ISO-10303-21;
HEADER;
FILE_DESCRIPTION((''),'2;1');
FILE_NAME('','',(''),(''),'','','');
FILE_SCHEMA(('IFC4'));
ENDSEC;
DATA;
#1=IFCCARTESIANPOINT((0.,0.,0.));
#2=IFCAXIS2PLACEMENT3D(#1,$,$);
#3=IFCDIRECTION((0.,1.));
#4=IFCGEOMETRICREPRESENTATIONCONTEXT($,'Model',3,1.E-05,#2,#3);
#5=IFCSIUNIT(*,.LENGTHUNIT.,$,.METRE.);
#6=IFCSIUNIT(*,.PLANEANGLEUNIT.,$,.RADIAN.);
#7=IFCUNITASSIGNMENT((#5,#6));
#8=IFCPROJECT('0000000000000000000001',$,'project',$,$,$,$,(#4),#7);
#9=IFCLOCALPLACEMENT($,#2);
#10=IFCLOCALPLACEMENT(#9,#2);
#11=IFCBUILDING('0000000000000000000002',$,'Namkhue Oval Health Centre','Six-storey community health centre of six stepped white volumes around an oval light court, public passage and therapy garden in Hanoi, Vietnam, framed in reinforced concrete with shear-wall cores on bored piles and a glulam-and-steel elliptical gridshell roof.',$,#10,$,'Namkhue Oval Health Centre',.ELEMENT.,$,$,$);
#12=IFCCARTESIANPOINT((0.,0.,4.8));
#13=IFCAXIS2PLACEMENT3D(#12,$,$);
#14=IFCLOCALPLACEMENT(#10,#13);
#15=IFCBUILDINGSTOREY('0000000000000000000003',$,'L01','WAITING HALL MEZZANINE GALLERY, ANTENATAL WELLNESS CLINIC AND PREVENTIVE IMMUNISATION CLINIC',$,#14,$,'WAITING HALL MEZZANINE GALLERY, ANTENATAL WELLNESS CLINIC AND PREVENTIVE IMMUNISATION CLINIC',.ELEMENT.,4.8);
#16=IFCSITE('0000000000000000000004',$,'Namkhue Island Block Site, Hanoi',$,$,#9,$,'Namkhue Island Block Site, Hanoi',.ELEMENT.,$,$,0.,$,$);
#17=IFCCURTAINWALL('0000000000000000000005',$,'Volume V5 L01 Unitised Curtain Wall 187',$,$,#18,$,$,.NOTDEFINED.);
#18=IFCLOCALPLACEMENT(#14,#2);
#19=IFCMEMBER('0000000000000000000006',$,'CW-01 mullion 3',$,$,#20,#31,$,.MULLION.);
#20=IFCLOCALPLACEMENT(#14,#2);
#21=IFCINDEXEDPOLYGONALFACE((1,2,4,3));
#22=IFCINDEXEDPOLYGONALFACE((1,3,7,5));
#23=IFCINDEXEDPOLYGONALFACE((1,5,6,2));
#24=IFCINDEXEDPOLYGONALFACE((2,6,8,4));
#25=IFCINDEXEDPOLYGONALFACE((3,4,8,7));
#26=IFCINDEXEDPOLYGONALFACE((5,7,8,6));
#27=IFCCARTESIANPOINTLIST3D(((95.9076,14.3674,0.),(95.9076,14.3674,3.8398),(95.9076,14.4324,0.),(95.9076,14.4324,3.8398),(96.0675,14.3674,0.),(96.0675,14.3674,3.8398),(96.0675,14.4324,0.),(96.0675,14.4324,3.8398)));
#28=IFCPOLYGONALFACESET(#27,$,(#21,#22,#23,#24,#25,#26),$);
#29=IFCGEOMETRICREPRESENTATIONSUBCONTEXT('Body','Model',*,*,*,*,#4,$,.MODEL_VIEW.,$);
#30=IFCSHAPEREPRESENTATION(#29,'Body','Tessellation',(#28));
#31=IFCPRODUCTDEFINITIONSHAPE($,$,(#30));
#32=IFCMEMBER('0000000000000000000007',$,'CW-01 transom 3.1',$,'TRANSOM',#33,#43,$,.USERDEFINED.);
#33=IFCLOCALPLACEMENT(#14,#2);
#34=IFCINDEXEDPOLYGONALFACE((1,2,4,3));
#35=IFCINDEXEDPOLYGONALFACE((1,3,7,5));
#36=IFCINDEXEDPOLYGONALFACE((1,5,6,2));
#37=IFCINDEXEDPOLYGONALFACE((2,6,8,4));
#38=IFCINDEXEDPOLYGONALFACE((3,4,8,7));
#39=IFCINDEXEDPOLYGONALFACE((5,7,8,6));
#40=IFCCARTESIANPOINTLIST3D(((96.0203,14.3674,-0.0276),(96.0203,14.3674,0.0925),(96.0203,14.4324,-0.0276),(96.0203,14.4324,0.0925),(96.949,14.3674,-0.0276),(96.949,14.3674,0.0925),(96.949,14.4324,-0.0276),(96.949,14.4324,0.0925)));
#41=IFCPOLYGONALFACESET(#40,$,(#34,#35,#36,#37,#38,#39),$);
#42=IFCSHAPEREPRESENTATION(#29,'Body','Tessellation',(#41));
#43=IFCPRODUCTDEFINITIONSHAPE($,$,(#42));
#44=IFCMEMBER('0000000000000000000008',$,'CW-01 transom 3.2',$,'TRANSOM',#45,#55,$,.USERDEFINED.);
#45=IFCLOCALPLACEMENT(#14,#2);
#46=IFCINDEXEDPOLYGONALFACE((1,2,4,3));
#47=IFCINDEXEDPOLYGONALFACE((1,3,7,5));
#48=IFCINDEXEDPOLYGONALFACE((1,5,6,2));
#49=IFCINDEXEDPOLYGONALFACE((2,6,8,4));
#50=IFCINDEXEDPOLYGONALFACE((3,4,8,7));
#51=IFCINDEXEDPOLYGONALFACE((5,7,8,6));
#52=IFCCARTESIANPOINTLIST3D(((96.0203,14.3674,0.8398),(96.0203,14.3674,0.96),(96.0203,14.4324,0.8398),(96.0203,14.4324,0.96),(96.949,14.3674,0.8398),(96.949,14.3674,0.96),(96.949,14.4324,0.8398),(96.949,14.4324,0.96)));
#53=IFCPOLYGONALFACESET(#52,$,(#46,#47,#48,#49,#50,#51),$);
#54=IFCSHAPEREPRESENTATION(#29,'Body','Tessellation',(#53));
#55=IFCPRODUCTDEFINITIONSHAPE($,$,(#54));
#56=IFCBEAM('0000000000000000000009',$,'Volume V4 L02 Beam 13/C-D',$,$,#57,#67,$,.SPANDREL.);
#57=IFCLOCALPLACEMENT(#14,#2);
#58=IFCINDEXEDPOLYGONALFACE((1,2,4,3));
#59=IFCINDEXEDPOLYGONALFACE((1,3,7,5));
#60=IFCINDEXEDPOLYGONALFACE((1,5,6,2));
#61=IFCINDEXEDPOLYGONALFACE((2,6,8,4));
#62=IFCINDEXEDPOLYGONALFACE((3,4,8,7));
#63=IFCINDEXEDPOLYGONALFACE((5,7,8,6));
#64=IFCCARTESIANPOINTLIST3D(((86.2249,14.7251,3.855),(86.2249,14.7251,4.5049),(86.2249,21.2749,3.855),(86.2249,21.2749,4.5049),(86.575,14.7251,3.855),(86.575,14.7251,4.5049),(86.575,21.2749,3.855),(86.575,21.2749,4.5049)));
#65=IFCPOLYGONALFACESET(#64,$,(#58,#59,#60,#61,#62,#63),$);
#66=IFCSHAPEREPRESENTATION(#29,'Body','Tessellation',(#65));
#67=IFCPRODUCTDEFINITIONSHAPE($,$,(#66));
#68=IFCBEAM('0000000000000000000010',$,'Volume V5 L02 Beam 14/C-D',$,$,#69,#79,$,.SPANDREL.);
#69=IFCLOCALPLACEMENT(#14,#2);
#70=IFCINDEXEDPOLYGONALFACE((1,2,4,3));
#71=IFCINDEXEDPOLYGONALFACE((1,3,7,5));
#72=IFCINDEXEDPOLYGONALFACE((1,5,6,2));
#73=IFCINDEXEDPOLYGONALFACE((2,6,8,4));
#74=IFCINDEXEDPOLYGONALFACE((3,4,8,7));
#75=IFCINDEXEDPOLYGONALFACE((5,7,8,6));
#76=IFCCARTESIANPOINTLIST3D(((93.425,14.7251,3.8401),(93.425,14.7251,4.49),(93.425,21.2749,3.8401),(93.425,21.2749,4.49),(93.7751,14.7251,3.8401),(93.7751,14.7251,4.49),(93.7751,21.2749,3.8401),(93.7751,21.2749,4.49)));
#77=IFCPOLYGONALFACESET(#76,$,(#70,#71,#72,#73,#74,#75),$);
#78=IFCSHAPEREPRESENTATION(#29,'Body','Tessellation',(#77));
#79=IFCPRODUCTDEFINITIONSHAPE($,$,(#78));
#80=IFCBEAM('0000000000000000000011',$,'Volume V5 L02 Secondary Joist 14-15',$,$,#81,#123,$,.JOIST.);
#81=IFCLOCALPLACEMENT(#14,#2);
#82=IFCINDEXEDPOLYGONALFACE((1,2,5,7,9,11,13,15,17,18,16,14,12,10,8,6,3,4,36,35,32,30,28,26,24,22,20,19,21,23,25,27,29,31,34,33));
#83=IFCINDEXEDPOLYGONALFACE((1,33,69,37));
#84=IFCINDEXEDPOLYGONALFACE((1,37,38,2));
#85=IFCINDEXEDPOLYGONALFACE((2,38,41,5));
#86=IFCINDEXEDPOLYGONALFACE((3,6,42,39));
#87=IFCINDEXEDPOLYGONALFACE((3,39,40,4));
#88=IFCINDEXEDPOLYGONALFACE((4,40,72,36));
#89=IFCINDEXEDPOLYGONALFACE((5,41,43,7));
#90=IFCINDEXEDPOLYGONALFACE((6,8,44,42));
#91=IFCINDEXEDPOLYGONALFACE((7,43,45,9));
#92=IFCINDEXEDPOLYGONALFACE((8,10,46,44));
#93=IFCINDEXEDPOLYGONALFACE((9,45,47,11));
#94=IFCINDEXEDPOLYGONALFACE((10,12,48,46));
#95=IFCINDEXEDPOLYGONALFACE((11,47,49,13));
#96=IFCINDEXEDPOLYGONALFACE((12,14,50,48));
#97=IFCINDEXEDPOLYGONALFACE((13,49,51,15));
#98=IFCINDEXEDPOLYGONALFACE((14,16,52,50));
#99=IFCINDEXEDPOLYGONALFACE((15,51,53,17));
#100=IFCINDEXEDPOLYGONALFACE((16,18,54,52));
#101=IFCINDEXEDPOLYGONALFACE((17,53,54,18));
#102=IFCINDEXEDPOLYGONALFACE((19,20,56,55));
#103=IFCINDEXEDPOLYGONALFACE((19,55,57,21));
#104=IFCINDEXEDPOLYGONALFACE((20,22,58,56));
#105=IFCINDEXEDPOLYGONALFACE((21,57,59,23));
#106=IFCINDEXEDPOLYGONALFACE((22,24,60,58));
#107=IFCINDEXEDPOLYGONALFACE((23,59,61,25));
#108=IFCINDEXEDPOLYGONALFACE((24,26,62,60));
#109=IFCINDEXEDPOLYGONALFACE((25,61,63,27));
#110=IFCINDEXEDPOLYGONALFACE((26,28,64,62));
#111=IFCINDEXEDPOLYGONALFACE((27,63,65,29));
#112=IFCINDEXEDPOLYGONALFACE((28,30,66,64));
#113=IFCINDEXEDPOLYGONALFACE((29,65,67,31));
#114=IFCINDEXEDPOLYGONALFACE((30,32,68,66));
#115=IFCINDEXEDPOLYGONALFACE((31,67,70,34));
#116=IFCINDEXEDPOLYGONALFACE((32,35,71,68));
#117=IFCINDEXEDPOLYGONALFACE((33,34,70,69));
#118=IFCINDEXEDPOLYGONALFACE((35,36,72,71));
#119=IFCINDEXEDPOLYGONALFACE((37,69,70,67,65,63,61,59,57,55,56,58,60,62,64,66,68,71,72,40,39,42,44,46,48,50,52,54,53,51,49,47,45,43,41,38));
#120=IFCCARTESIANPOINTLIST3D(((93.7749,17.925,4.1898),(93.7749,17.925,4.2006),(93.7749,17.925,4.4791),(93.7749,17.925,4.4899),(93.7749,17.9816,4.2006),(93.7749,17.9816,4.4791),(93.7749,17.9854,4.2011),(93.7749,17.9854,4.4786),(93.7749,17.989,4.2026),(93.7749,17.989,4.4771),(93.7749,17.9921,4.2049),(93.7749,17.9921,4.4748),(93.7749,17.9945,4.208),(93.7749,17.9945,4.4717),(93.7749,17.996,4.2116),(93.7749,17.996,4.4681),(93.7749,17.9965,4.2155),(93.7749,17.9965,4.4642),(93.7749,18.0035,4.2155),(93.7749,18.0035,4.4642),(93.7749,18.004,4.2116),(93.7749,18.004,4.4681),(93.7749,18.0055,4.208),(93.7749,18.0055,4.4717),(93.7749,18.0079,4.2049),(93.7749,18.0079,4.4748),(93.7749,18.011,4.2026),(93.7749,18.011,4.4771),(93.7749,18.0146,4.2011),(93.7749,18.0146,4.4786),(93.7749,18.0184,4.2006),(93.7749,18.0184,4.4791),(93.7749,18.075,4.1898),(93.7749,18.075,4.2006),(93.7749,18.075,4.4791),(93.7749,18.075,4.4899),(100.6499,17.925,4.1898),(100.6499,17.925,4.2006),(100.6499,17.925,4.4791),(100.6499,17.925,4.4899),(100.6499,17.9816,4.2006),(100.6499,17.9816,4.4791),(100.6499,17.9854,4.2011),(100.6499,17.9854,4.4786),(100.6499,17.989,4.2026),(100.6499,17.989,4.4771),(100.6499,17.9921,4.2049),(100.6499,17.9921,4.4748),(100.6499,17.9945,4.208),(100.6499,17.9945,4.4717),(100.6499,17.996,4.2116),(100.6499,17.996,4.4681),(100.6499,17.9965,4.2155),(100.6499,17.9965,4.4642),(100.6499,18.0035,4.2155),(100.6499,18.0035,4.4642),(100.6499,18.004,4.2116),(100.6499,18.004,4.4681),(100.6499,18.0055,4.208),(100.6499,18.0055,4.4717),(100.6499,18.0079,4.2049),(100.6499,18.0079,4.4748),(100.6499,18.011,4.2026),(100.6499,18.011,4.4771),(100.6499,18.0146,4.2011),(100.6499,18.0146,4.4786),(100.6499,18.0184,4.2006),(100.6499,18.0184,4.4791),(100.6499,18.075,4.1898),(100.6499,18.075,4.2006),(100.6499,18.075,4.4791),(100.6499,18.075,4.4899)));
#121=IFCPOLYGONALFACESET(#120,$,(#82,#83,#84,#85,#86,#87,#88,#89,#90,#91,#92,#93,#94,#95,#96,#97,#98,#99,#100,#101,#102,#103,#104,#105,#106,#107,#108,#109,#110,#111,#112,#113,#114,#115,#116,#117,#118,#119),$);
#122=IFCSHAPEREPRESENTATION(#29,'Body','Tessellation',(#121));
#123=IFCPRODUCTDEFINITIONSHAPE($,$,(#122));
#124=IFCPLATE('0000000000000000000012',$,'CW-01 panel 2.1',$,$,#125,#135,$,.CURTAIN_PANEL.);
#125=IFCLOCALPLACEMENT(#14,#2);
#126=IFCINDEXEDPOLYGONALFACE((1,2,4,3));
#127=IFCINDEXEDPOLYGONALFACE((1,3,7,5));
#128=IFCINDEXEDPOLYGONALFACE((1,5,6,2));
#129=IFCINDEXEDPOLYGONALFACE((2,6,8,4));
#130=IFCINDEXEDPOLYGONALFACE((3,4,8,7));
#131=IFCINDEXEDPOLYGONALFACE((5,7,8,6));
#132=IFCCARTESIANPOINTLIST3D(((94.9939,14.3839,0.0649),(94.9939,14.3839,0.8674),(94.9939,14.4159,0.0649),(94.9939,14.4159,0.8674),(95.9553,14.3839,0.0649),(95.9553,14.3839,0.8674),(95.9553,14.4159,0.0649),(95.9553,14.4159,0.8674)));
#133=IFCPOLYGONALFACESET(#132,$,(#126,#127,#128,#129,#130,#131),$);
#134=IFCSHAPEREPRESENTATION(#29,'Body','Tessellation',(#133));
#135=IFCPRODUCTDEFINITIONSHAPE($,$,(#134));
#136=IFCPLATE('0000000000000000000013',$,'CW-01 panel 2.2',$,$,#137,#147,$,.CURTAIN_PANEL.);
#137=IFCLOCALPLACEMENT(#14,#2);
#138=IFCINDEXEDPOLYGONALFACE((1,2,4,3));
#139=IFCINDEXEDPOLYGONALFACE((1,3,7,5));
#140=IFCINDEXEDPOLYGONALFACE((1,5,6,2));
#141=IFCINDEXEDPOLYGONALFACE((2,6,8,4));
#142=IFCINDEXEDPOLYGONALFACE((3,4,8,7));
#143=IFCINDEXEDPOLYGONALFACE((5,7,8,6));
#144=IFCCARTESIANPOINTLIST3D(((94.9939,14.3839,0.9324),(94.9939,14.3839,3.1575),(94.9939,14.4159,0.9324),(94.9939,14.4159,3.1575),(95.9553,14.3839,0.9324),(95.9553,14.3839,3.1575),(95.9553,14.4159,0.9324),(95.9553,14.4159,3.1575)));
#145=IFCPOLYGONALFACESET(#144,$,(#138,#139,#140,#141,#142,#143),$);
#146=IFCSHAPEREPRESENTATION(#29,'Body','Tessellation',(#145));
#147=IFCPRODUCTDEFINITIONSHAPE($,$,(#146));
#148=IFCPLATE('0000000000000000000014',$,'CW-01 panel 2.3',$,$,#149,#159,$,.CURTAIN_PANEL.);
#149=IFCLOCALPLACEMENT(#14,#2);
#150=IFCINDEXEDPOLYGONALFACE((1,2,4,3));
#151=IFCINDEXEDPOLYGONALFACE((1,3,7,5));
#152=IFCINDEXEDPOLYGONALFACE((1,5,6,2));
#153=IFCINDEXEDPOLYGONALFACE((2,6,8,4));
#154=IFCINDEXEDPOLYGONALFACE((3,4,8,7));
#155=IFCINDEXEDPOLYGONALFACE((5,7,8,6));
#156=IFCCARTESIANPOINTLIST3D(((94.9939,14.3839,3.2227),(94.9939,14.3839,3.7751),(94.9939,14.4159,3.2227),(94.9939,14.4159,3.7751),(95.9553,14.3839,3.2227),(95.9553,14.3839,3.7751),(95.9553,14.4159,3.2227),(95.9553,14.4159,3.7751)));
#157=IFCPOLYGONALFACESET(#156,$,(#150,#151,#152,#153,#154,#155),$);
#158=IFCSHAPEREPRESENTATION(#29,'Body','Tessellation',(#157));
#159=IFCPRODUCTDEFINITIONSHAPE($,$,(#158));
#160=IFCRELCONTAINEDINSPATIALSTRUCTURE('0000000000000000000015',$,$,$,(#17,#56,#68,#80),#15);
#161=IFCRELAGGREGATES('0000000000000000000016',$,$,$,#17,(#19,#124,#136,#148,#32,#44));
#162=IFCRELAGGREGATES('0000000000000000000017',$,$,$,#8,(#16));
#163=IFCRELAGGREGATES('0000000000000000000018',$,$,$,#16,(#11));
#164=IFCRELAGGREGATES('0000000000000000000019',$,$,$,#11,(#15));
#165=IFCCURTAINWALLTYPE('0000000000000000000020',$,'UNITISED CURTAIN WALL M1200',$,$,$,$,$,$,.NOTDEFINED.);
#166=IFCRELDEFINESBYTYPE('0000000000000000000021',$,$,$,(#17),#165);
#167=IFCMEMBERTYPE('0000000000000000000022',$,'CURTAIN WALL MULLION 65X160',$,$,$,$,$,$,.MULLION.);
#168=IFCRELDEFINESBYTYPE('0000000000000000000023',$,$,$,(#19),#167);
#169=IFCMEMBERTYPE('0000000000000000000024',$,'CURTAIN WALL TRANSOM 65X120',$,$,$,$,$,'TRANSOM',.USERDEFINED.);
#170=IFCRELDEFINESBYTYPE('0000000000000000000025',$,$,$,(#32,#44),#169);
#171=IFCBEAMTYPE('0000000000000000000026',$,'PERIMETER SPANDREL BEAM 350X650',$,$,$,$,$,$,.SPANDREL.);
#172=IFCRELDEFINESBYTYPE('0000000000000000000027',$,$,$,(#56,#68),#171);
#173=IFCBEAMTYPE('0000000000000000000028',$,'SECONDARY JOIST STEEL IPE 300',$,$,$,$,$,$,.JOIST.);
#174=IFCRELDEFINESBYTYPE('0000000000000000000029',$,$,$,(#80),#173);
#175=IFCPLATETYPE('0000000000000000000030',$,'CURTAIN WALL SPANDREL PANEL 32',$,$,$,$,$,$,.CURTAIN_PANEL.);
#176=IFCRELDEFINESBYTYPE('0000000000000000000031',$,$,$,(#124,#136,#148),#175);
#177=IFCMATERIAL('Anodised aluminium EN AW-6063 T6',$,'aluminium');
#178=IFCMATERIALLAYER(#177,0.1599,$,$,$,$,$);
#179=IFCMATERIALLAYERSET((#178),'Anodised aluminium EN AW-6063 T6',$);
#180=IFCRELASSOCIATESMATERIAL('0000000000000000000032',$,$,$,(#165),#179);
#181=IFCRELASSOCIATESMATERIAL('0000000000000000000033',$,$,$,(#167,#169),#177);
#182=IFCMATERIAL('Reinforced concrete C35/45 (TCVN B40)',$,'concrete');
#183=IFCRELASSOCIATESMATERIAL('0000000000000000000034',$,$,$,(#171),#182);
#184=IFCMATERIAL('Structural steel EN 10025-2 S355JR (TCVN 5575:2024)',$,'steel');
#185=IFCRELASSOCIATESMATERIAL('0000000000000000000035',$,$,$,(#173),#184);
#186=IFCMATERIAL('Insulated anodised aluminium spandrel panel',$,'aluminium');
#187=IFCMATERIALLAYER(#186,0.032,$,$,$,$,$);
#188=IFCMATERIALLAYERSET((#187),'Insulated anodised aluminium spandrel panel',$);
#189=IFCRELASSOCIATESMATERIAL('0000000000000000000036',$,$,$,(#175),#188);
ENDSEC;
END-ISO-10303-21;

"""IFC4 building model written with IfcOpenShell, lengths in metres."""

from ifc_helpers import new_model, si_unit, direction, frame, origin, origin_2d, place, context, subcontext, project, spatial, rectangle, i_section, extrude, material, layer, layer_set, material_profile, profile_set, type_object, element, aggregate, save


model = new_model("IFC4")

# Units and contexts
model_context = context("Model", 3, precision=1e-05, world=origin(), true_north=direction((0.0, 1.0)))
body_context = subcontext(model_context, "Body", "Model", "MODEL_VIEW")
ifc_project = project(units=[si_unit("LENGTHUNIT", "METRE"), si_unit("PLANEANGLEUNIT", "RADIAN")], contexts=[model_context])

# Site, building, storey
site_placement = place(None, origin())
site = spatial("IfcSite", under=ifc_project, at=site_placement, Name="Namkhue Island Block Site, Hanoi", LongName="Namkhue Island Block Site, Hanoi", CompositionType="ELEMENT", RefElevation=0.0)
building_placement = place(site_placement, origin())
building = spatial("IfcBuilding", under=site, at=building_placement, Name="Namkhue Oval Health Centre", Description="Six-storey community health centre of six stepped white volumes around an oval light court, public passage and therapy garden in Hanoi, Vietnam, framed in reinforced concrete with shear-wall cores on bored piles and a glulam-and-steel elliptical gridshell roof.", LongName="Namkhue Oval Health Centre", CompositionType="ELEMENT")
storey_placement = place(building_placement, frame((0.0, 0.0, 4.8)))
storey = spatial("IfcBuildingStorey", under=building, at=storey_placement, Name="L01", Description="WAITING HALL MEZZANINE GALLERY, ANTENATAL WELLNESS CLINIC AND PREVENTIVE IMMUNISATION CLINIC", LongName="WAITING HALL MEZZANINE GALLERY, ANTENATAL WELLNESS CLINIC AND PREVENTIVE IMMUNISATION CLINIC", CompositionType="ELEMENT", Elevation=4.8)

# Curtain wall, members
ifc_material_1 = material(Name="Anodised aluminium EN AW-6063 T6", Category="aluminium")
ifc_layer_1 = layer(ifc_material_1, 0.1599)
ifc_layer_set_1 = layer_set([ifc_layer_1], Name="Anodised aluminium EN AW-6063 T6")
curtain_wall_type = type_object("IfcCurtainWallType", Name="UNITISED CURTAIN WALL M1200", PredefinedType="NOTDEFINED", material=ifc_layer_set_1)
curtain_wall_placement = place(storey_placement, origin())
curtain_wall = element("IfcCurtainWall", 1, at=curtain_wall_placement, inside=storey, type_object=curtain_wall_type, Name="Volume V5 L01 Unitised Curtain Wall 187", PredefinedType="NOTDEFINED")
ifc_material_profile_1 = material_profile(ifc_material_1, rectangle(XDim=0.0649, YDim=0.1599, at=origin_2d()), Name="ALU 65x160")
ifc_profile_set_1 = profile_set([ifc_material_profile_1], Name="Anodised aluminium EN AW-6063 T6")
member_type_1 = type_object("IfcMemberType", Name="CURTAIN WALL MULLION 65X160", PredefinedType="MULLION", material=ifc_profile_set_1)
member_1_placement = place(storey_placement, frame((95.9875, 14.3999, 0.0), z_axis=(0.0, 0.0, 1.0), x_axis=(0.0, 1.0, 0.0)))
member_1 = element("IfcMember", 2, at=member_1_placement, type_object=member_type_1, Name="CW-01 mullion 3", PredefinedType="MULLION", context=body_context, shape_type="SweptSolid", body=[
    extrude(rectangle(XDim=0.0649, YDim=0.1599, at=origin_2d()), origin(), (0.0, 0.0, 1.0), 3.8398),
])
ifc_material_profile_2 = material_profile(ifc_material_1, rectangle(XDim=0.0649, YDim=0.1201, at=origin_2d()), Name="ALU 65x120")
ifc_profile_set_2 = profile_set([ifc_material_profile_2], Name="Anodised aluminium EN AW-6063 T6")
member_type_2 = type_object("IfcMemberType", Name="CURTAIN WALL TRANSOM 65X120", ElementType="TRANSOM", PredefinedType="USERDEFINED", material=ifc_profile_set_2)
member_2_placement = place(storey_placement, frame((96.0203, 14.3999, 0.0325), z_axis=(1.0, 0.0, 0.0), x_axis=(0.0, 1.0, 0.0)))
member_2 = element("IfcMember", 3, at=member_2_placement, type_object=member_type_2, Name="CW-01 transom 3.1", ObjectType="TRANSOM", PredefinedType="USERDEFINED", context=body_context, shape_type="SweptSolid", body=[
    extrude(rectangle(XDim=0.0649, YDim=0.1201, at=origin_2d()), origin(), (0.0, 0.0, 1.0), 0.9287),
])
member_3_placement = place(storey_placement, frame((96.0203, 14.3999, 0.8999), z_axis=(1.0, 0.0, 0.0), x_axis=(0.0, 1.0, 0.0)))
member_3 = element("IfcMember", 4, at=member_3_placement, type_object=member_type_2, Name="CW-01 transom 3.2", ObjectType="TRANSOM", PredefinedType="USERDEFINED", context=body_context, shape_type="SweptSolid", body=[
    extrude(rectangle(XDim=0.0649, YDim=0.1201, at=origin_2d()), origin(), (0.0, 0.0, 1.0), 0.9287),
])

# Beams
ifc_material_2 = material(Name="Reinforced concrete C35/45 (TCVN B40)", Category="concrete")
ifc_material_profile_3 = material_profile(ifc_material_2, rectangle(XDim=0.3501, YDim=0.6499, at=origin_2d()), Name="RC 350x650")
ifc_profile_set_3 = profile_set([ifc_material_profile_3], Name="Reinforced concrete C35/45 (TCVN B40)")
beam_type_1 = type_object("IfcBeamType", Name="PERIMETER SPANDREL BEAM 350X650", PredefinedType="SPANDREL", material=ifc_profile_set_3)
for number, where, z_axis, x_axis, name in (
    (5, (86.3999, 14.7251, 4.1799), (0.0, 1.0, 0.0), (-1.0, 0.0, 0.0), "Volume V4 L02 Beam 13/C-D"),
    (6, (93.6001, 14.7251, 4.165), (0.0, 1.0, 0.0), (-1.0, 0.0, 0.0), "Volume V5 L02 Beam 14/C-D"),
):
    element("IfcBeam", number, at=place(storey_placement, frame(where, z_axis=z_axis, x_axis=x_axis)), inside=storey, type_object=beam_type_1, Name=name, PredefinedType="SPANDREL", context=body_context, shape_type="SweptSolid", body=[
        extrude(rectangle(XDim=0.3501, YDim=0.6499, at=origin_2d()), origin(), (0.0, 0.0, 1.0), 6.5498),
    ])
ifc_material_3 = material(Name="Structural steel EN 10025-2 S355JR (TCVN 5575:2024)", Category="steel")
ifc_material_profile_4 = material_profile(ifc_material_3, i_section(OverallWidth=0.1499, OverallDepth=0.3, WebThickness=0.0071, FlangeThickness=0.0107, FilletRadius=0.0149, at=origin_2d()), Name="IPE 300")
ifc_profile_set_4 = profile_set([ifc_material_profile_4], Name="Structural steel EN 10025-2 S355JR (TCVN 5575:2024)")
beam_type_2 = type_object("IfcBeamType", Name="SECONDARY JOIST STEEL IPE 300", PredefinedType="JOIST", material=ifc_profile_set_4)
beam_placement = place(storey_placement, frame((93.7749, 18.0, 4.3398), z_axis=(1.0, 0.0, 0.0), x_axis=(0.0, 1.0, 0.0)))
element("IfcBeam", 7, at=beam_placement, inside=storey, type_object=beam_type_2, Name="Volume V5 L02 Secondary Joist 14-15", PredefinedType="JOIST", context=body_context, shape_type="SweptSolid", body=[
    extrude(i_section(OverallWidth=0.1499, OverallDepth=0.3, WebThickness=0.0071, FlangeThickness=0.0107, FilletRadius=0.0149, at=origin_2d()), origin(), (0.0, 0.0, 1.0), 6.875),
])

# Plates
ifc_material_4 = material(Name="Insulated anodised aluminium spandrel panel", Category="aluminium")
ifc_layer_2 = layer(ifc_material_4, 0.032)
ifc_layer_set_2 = layer_set([ifc_layer_2], Name="Insulated anodised aluminium spandrel panel")
plate_type = type_object("IfcPlateType", Name="CURTAIN WALL SPANDREL PANEL 32", PredefinedType="CURTAIN_PANEL", material=ifc_layer_set_2)
plate_1_placement = place(storey_placement, frame((95.4746, 14.3999, 0.0649), z_axis=(0.0, 0.0, 1.0), x_axis=(1.0, 0.0, 0.0)))
plate_1 = element("IfcPlate", 8, at=plate_1_placement, type_object=plate_type, Name="CW-01 panel 2.1", PredefinedType="CURTAIN_PANEL", context=body_context, shape_type="SweptSolid", body=[
    extrude(rectangle(XDim=0.9614, YDim=0.032, at=origin_2d()), origin(), (0.0, 0.0, 1.0), 0.8025),
])
plate_2_placement = place(storey_placement, frame((95.4746, 14.3999, 0.9324), z_axis=(0.0, 0.0, 1.0), x_axis=(1.0, 0.0, 0.0)))
plate_2 = element("IfcPlate", 9, at=plate_2_placement, type_object=plate_type, Name="CW-01 panel 2.2", PredefinedType="CURTAIN_PANEL", context=body_context, shape_type="SweptSolid", body=[
    extrude(rectangle(XDim=0.9614, YDim=0.032, at=origin_2d()), origin(), (0.0, 0.0, 1.0), 2.2251),
])
plate_3_placement = place(storey_placement, frame((95.4746, 14.3999, 3.2227), z_axis=(0.0, 0.0, 1.0), x_axis=(1.0, 0.0, 0.0)))
plate_3 = element("IfcPlate", 10, at=plate_3_placement, type_object=plate_type, Name="CW-01 panel 2.3", PredefinedType="CURTAIN_PANEL", context=body_context, shape_type="SweptSolid", body=[
    extrude(rectangle(XDim=0.9614, YDim=0.032, at=origin_2d()), origin(), (0.0, 0.0, 1.0), 0.5525),
])
aggregate(curtain_wall, [member_1, plate_1, plate_2, plate_3, member_2, member_3])

save(model, "model.ifc")
